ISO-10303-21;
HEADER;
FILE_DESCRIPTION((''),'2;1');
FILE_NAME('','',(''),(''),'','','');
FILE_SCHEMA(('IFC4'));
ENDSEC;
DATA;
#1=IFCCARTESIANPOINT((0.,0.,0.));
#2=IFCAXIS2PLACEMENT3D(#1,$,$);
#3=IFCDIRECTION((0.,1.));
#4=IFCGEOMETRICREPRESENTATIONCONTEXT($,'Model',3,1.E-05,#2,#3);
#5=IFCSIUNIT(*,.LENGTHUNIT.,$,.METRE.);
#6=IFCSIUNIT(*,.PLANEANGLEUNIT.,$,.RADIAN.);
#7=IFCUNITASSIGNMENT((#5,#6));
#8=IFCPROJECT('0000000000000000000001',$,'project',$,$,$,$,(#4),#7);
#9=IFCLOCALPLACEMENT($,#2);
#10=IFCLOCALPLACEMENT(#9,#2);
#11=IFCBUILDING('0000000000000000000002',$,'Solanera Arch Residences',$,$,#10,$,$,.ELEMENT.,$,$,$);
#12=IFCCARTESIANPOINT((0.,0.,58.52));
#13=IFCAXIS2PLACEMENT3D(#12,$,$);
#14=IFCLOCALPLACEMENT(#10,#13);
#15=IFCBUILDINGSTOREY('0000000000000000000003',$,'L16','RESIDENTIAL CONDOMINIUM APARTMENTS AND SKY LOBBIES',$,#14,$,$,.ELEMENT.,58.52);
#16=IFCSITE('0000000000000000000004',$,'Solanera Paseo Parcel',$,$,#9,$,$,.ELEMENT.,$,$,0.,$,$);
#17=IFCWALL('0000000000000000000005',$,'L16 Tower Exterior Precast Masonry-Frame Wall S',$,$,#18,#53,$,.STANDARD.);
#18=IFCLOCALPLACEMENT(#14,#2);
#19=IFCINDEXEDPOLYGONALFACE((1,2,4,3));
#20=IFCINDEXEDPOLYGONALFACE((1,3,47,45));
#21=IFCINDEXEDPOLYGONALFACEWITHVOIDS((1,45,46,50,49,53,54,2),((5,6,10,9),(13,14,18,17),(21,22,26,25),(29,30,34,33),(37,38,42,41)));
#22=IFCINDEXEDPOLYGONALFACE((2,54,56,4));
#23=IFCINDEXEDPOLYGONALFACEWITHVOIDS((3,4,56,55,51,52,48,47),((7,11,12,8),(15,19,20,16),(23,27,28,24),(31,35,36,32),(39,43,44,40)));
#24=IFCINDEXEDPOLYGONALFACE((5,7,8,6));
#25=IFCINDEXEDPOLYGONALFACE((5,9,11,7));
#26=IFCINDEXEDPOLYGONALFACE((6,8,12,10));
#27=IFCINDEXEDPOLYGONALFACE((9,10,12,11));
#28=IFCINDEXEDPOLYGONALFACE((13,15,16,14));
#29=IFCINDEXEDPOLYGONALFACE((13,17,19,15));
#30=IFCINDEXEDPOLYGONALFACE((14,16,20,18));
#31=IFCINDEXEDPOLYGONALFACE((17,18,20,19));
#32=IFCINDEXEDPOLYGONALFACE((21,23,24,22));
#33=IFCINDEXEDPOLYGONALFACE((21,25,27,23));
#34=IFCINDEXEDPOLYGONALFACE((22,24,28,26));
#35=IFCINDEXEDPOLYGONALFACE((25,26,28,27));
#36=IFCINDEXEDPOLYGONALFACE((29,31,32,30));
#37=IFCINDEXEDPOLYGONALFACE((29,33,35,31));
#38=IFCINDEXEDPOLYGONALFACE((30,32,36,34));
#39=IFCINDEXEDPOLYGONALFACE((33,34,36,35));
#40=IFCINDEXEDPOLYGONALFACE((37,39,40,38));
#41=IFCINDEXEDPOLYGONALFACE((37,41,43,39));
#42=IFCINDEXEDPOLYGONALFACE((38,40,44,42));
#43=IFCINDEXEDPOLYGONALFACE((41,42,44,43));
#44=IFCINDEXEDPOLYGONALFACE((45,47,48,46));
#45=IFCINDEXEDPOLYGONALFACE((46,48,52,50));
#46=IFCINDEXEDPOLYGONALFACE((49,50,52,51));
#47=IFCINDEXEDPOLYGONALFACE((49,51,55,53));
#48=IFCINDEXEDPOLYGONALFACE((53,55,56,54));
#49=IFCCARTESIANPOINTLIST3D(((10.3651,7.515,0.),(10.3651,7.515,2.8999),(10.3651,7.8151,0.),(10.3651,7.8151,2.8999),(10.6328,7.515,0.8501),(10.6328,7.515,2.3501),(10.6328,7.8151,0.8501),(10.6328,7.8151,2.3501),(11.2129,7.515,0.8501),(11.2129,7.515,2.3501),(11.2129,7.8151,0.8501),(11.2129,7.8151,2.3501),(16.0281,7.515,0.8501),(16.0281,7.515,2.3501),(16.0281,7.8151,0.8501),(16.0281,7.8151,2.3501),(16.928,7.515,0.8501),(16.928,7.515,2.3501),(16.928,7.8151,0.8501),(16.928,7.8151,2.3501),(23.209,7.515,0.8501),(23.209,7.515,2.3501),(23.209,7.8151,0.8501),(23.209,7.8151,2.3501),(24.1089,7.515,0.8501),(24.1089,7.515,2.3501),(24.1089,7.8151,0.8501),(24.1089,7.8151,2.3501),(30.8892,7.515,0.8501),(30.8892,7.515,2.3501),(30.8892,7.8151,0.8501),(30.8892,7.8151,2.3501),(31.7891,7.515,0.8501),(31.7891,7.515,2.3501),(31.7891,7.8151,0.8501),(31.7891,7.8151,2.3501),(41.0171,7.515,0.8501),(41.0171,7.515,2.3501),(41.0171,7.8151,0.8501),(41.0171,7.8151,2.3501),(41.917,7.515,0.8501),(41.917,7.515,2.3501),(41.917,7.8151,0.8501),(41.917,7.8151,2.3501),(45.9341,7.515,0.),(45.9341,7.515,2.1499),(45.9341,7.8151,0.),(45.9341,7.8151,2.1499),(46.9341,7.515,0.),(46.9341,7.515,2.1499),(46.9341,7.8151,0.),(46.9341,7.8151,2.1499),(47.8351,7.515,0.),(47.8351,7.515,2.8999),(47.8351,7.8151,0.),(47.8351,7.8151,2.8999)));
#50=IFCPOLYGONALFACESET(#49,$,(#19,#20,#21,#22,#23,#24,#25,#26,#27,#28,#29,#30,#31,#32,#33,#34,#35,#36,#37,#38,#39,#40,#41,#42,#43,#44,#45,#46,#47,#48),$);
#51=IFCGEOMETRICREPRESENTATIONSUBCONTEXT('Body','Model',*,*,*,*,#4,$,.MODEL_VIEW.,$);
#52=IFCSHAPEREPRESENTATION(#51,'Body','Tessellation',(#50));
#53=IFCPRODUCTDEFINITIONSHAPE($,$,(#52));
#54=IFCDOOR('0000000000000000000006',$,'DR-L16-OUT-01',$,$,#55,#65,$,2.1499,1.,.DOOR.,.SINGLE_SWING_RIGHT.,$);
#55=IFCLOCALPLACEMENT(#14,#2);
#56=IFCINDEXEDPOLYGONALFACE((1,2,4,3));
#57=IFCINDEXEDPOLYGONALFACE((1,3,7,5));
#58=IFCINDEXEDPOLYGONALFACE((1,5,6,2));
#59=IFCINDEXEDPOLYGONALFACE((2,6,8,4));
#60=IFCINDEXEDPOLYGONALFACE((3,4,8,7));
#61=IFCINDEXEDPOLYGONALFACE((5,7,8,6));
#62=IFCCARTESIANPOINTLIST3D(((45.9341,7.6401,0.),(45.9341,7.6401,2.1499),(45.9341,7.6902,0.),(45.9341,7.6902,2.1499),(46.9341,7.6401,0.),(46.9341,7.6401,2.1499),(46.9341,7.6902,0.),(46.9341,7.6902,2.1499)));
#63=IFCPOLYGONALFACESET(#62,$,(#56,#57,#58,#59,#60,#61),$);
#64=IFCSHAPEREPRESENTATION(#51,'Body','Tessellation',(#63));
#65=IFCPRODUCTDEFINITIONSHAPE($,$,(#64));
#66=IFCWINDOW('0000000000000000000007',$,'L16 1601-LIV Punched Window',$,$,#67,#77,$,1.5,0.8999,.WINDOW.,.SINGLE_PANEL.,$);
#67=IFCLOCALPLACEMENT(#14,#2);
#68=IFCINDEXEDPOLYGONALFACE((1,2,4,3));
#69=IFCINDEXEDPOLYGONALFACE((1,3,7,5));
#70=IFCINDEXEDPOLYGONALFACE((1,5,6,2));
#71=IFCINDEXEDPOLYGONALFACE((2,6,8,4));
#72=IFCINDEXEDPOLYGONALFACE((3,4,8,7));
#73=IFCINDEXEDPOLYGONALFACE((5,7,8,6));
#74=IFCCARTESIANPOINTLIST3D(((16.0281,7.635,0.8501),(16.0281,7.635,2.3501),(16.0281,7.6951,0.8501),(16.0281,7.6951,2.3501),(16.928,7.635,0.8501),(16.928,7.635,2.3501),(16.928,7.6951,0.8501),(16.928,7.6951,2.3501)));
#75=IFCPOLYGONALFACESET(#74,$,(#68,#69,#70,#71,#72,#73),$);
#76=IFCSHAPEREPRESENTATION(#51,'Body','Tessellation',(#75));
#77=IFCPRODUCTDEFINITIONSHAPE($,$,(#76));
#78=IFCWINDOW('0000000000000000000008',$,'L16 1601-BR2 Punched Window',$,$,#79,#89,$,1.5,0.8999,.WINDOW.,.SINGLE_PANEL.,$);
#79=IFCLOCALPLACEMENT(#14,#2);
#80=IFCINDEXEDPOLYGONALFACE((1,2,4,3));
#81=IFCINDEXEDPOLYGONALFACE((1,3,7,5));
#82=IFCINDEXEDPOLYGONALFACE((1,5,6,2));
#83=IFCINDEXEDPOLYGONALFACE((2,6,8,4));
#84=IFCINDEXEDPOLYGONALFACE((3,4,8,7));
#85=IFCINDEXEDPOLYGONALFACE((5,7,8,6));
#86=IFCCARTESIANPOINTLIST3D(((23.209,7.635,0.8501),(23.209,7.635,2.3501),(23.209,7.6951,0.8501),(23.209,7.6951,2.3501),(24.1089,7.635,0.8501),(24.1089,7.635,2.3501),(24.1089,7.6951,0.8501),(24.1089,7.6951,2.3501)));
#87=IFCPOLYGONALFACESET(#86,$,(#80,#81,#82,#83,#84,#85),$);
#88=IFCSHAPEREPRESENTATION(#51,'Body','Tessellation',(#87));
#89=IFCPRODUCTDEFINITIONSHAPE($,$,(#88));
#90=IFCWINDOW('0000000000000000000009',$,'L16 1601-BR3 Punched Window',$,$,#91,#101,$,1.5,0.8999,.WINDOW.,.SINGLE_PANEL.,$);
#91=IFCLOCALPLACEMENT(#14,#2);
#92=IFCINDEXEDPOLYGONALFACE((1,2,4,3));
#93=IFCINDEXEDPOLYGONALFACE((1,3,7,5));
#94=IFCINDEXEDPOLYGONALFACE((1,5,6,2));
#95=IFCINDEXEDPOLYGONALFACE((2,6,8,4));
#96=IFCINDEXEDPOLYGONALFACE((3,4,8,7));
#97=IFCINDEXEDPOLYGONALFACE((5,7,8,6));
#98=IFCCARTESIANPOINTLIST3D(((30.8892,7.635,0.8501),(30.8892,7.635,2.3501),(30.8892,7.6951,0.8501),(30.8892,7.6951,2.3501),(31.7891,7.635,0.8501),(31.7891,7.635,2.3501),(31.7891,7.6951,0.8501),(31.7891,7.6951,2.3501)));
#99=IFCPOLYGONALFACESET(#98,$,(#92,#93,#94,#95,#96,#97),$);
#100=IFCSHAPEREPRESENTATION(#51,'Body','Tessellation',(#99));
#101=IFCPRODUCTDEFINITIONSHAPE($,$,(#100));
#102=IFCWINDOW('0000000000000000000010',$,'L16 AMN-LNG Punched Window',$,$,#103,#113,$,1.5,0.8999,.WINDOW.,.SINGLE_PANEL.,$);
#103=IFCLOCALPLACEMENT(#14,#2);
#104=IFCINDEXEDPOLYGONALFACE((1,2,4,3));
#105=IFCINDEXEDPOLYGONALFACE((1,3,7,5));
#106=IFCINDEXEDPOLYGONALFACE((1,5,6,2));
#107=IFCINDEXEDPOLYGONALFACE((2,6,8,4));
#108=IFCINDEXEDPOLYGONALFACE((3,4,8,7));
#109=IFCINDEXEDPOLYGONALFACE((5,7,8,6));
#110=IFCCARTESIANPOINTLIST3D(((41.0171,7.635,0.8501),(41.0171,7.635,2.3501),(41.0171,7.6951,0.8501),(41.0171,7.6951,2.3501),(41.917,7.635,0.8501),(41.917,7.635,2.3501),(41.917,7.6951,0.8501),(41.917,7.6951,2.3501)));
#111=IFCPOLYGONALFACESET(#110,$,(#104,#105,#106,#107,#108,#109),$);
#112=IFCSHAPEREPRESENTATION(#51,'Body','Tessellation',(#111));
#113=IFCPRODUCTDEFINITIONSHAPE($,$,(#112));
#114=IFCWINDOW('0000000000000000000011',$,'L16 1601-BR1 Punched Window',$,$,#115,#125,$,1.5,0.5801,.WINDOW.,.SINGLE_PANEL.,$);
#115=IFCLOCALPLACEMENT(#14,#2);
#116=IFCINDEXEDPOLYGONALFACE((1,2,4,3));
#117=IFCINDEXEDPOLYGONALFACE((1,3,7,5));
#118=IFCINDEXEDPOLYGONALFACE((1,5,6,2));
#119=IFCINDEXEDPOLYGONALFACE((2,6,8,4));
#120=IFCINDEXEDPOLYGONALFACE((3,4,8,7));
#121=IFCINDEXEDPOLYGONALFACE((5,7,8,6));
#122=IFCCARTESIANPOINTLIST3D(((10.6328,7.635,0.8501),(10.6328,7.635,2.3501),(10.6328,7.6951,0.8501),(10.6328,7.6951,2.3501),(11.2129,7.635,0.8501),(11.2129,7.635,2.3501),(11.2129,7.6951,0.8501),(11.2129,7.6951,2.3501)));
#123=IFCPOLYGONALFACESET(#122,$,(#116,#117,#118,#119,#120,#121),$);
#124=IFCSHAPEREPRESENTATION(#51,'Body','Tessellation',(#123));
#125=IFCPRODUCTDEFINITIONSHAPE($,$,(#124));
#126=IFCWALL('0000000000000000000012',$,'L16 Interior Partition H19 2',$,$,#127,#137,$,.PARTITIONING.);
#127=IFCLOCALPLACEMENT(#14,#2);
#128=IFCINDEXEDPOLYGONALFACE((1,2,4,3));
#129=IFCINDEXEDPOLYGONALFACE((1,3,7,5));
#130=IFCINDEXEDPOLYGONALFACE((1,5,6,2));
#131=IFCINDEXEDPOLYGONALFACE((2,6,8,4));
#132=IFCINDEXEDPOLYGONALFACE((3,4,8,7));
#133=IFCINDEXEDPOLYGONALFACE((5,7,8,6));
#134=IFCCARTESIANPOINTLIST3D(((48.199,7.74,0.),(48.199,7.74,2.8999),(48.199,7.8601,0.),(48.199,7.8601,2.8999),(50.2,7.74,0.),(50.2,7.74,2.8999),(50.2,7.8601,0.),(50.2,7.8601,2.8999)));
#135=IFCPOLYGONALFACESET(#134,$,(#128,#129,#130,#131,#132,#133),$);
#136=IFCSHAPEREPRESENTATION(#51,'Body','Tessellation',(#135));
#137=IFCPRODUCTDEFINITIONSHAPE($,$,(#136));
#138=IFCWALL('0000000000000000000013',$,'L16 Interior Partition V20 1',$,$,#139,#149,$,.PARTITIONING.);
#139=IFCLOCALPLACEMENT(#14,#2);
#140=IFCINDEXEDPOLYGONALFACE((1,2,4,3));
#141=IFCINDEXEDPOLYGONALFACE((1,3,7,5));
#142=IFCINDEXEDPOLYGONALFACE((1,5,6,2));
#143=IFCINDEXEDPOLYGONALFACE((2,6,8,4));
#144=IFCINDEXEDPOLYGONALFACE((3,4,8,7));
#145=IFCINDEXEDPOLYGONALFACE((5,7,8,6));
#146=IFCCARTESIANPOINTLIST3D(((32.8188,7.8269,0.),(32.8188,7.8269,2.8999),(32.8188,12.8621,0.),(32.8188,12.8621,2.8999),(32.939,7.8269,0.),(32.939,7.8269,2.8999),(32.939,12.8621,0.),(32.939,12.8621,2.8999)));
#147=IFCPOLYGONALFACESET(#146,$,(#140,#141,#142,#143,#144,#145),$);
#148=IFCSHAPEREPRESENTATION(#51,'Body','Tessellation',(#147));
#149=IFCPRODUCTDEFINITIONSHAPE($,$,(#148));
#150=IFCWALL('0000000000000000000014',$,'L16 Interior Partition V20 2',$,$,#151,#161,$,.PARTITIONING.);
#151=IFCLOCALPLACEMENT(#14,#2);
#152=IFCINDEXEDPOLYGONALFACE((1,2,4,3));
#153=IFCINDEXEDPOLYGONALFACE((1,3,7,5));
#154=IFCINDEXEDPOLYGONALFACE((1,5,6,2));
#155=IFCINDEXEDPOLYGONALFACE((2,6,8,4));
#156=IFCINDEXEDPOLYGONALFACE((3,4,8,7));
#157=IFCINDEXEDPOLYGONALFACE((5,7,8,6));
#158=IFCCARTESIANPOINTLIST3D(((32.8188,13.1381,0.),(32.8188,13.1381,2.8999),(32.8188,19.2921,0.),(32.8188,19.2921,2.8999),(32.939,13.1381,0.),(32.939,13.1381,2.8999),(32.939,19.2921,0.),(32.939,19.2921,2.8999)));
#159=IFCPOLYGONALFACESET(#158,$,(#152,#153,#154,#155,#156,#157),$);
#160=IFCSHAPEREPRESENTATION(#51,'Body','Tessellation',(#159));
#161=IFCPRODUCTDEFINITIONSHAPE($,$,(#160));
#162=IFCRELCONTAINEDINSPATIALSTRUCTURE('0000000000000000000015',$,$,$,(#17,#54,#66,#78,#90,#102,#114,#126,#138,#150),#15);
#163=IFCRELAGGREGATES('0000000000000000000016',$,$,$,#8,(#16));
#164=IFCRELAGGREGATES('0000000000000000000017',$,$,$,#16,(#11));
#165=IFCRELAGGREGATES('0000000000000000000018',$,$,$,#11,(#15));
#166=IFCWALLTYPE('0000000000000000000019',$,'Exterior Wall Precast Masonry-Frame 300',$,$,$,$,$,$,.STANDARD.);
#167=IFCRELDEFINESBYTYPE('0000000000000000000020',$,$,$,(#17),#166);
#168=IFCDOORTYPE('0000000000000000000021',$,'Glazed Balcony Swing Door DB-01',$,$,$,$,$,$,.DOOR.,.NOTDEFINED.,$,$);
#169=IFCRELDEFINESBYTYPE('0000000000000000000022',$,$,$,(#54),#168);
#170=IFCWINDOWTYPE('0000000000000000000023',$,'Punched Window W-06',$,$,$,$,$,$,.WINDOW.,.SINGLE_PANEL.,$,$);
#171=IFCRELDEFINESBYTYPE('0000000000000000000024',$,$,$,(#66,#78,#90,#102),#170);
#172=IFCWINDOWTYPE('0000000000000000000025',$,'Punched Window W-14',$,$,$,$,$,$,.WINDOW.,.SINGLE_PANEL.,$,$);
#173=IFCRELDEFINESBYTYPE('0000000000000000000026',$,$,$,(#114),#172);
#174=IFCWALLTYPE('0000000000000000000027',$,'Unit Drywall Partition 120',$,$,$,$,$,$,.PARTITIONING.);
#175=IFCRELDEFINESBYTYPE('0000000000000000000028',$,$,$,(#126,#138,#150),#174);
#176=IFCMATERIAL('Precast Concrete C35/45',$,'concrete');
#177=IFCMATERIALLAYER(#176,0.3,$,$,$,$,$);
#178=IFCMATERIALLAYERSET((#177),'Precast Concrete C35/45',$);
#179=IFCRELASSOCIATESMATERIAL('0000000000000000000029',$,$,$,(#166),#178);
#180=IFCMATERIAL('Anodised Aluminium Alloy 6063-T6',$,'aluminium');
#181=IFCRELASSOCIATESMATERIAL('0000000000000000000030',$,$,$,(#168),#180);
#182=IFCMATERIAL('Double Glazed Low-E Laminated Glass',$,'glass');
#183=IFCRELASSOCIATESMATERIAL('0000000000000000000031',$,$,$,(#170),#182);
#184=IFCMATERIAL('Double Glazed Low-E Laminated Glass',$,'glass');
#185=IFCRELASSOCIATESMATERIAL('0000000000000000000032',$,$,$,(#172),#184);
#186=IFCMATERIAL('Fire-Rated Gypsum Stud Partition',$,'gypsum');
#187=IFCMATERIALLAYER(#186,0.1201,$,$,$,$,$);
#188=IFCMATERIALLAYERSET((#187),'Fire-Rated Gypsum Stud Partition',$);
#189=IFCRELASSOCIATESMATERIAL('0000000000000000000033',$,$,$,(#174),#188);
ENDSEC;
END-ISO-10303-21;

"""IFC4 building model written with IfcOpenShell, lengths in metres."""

from ifc_helpers import new_model, si_unit, direction, frame, frame_2d, origin, place, context, subcontext, project, spatial, rectangle, extrude, material, layer, layer_set, type_object, element, fill, save


model = new_model("IFC4")

# Units and contexts
model_context = context("Model", 3, precision=1e-05, world=origin(), true_north=direction((0.0, 1.0)))
body_context = subcontext(model_context, "Body", "Model", "MODEL_VIEW")
ifc_project = project(units=[si_unit("LENGTHUNIT", "METRE"), si_unit("PLANEANGLEUNIT", "RADIAN")], contexts=[model_context])

# Site, building, storey
site_placement = place(None, origin())
site = spatial("IfcSite", under=ifc_project, at=site_placement, Name="Solanera Paseo Parcel", CompositionType="ELEMENT", RefElevation=0.0)
building_placement = place(site_placement, origin())
building = spatial("IfcBuilding", under=site, at=building_placement, Name="Solanera Arch Residences", CompositionType="ELEMENT")
storey_placement = place(building_placement, frame((0.0, 0.0, 58.52)))
storey = spatial("IfcBuildingStorey", under=building, at=storey_placement, Name="L16", Description="RESIDENTIAL CONDOMINIUM APARTMENTS AND SKY LOBBIES", CompositionType="ELEMENT", Elevation=58.52)

# Shared definitions
ifc_material_1 = material(Name="Precast Concrete C35/45", Category="concrete")
ifc_layer_1 = layer(ifc_material_1, 0.3)
ifc_layer_set_1 = layer_set([ifc_layer_1], Name="Precast Concrete C35/45")
wall_type_1 = type_object("IfcWallType", Name="Exterior Wall Precast Masonry-Frame 300", PredefinedType="STANDARD", material=ifc_layer_set_1)

# Wall, openings, door, windows
wall_1_placement = place(storey_placement, frame((47.835, 7.665, 0.0), z_axis=(0.0, 0.0, 1.0), x_axis=(-1.0, 0.0, 0.0)))
wall_1 = element("IfcWall", 1, at=wall_1_placement, inside=storey, type_object=wall_type_1, Name="L16 Tower Exterior Precast Masonry-Frame Wall S", PredefinedType="STANDARD", context=body_context, shape_type="SweptSolid", body=[
    extrude(rectangle(XDim=37.47, YDim=0.3, at=frame_2d((18.7349, 0.0))), origin(), (0.0, 0.0, 1.0), 2.8999),
])
opening_1_placement = place(wall_1_placement, frame((0.9009, 0.0, 0.0)))
opening_1 = element("IfcOpeningElement", 2, at=opening_1_placement, cuts=wall_1, PredefinedType="OPENING", context=body_context, shape_type="SweptSolid", body=[
    extrude(rectangle(XDim=1.0, YDim=2.1499, at=frame_2d((0.5, 1.075))), frame((0.0, 0.1599, 0.0), z_axis=(0.0, -1.0, 0.0), x_axis=(1.0, 0.0, 0.0)), (0.0, 0.0, 1.0), 0.32),
])
opening_2_placement = place(wall_1_placement, frame((30.907, 0.0, 0.8501)))
opening_2 = element("IfcOpeningElement", 3, at=opening_2_placement, cuts=wall_1, PredefinedType="OPENING", context=body_context, shape_type="SweptSolid", body=[
    extrude(rectangle(XDim=0.8999, YDim=1.5, at=frame_2d((0.45, 0.75))), frame((0.0, 0.1599, 0.0), z_axis=(0.0, -1.0, 0.0), x_axis=(1.0, 0.0, 0.0)), (0.0, 0.0, 1.0), 0.32),
])
opening_3_placement = place(wall_1_placement, frame((36.6221, 0.0, 0.8501)))
opening_3 = element("IfcOpeningElement", 4, at=opening_3_placement, cuts=wall_1, PredefinedType="OPENING", context=body_context, shape_type="SweptSolid", body=[
    extrude(rectangle(XDim=0.5801, YDim=1.5, at=frame_2d((0.29, 0.75))), frame((0.0, 0.1599, 0.0), z_axis=(0.0, -1.0, 0.0), x_axis=(1.0, 0.0, 0.0)), (0.0, 0.0, 1.0), 0.32),
])
opening_4_placement = place(wall_1_placement, frame((23.7261, 0.0, 0.8501)))
opening_4 = element("IfcOpeningElement", 5, at=opening_4_placement, cuts=wall_1, PredefinedType="OPENING", context=body_context, shape_type="SweptSolid", body=[
    extrude(rectangle(XDim=0.8999, YDim=1.5, at=frame_2d((0.45, 0.75))), frame((0.0, 0.1599, 0.0), z_axis=(0.0, -1.0, 0.0), x_axis=(1.0, 0.0, 0.0)), (0.0, 0.0, 1.0), 0.32),
])
opening_5_placement = place(wall_1_placement, frame((16.0459, 0.0, 0.8501)))
opening_5 = element("IfcOpeningElement", 6, at=opening_5_placement, cuts=wall_1, PredefinedType="OPENING", context=body_context, shape_type="SweptSolid", body=[
    extrude(rectangle(XDim=0.8999, YDim=1.5, at=frame_2d((0.45, 0.75))), frame((0.0, 0.1599, 0.0), z_axis=(0.0, -1.0, 0.0), x_axis=(1.0, 0.0, 0.0)), (0.0, 0.0, 1.0), 0.32),
])
opening_6_placement = place(wall_1_placement, frame((5.918, 0.0, 0.8501)))
opening_6 = element("IfcOpeningElement", 7, at=opening_6_placement, cuts=wall_1, PredefinedType="OPENING", context=body_context, shape_type="SweptSolid", body=[
    extrude(rectangle(XDim=0.8999, YDim=1.5, at=frame_2d((0.45, 0.75))), frame((0.0, 0.1599, 0.0), z_axis=(0.0, -1.0, 0.0), x_axis=(1.0, 0.0, 0.0)), (0.0, 0.0, 1.0), 0.32),
])
ifc_material_2 = material(Name="Anodised Aluminium Alloy 6063-T6", Category="aluminium")
door_type_1 = type_object("IfcDoorType", Name="Glazed Balcony Swing Door DB-01", OperationType="NOTDEFINED", PredefinedType="DOOR", material=ifc_material_2)
door_1_placement = place(opening_1_placement, origin())
door_1 = element("IfcDoor", 8, at=door_1_placement, inside=storey, type_object=door_type_1, Name="DR-L16-OUT-01", OperationType="SINGLE_SWING_RIGHT", OverallHeight=2.1499, OverallWidth=1.0, PredefinedType="DOOR", context=body_context, shape_type="SweptSolid", body=[
    extrude(rectangle(XDim=1.0, YDim=2.1499, at=frame_2d((0.5, 1.075))), frame((0.0, 0.0249, 0.0), z_axis=(0.0, -1.0, 0.0), x_axis=(1.0, 0.0, 0.0)), (0.0, 0.0, 1.0), 0.05),
])
fill(opening_1, door_1)
ifc_material_3 = material(Name="Double Glazed Low-E Laminated Glass", Category="glass")
window_type_1 = type_object("IfcWindowType", Name="Punched Window W-06", PartitioningType="SINGLE_PANEL", PredefinedType="WINDOW", material=ifc_material_3)
window_1_placement = place(opening_2_placement, origin())
window_1 = element("IfcWindow", 9, at=window_1_placement, inside=storey, type_object=window_type_1, Name="L16 1601-LIV Punched Window", OverallHeight=1.5, OverallWidth=0.8999, PartitioningType="SINGLE_PANEL", PredefinedType="WINDOW", context=body_context, shape_type="SweptSolid", body=[
    extrude(rectangle(XDim=0.8999, YDim=1.5, at=frame_2d((0.45, 0.75))), frame((0.0, 0.03, 0.0), z_axis=(0.0, -1.0, 0.0), x_axis=(1.0, 0.0, 0.0)), (0.0, 0.0, 1.0), 0.0601),
])
fill(opening_2, window_1)
window_2_placement = place(opening_4_placement, origin())
window_2 = element("IfcWindow", 10, at=window_2_placement, inside=storey, type_object=window_type_1, Name="L16 1601-BR2 Punched Window", OverallHeight=1.5, OverallWidth=0.8999, PartitioningType="SINGLE_PANEL", PredefinedType="WINDOW", context=body_context, shape_type="SweptSolid", body=[
    extrude(rectangle(XDim=0.8999, YDim=1.5, at=frame_2d((0.45, 0.75))), frame((0.0, 0.03, 0.0), z_axis=(0.0, -1.0, 0.0), x_axis=(1.0, 0.0, 0.0)), (0.0, 0.0, 1.0), 0.0601),
])
fill(opening_4, window_2)
window_3_placement = place(opening_5_placement, origin())
window_3 = element("IfcWindow", 11, at=window_3_placement, inside=storey, type_object=window_type_1, Name="L16 1601-BR3 Punched Window", OverallHeight=1.5, OverallWidth=0.8999, PartitioningType="SINGLE_PANEL", PredefinedType="WINDOW", context=body_context, shape_type="SweptSolid", body=[
    extrude(rectangle(XDim=0.8999, YDim=1.5, at=frame_2d((0.45, 0.75))), frame((0.0, 0.03, 0.0), z_axis=(0.0, -1.0, 0.0), x_axis=(1.0, 0.0, 0.0)), (0.0, 0.0, 1.0), 0.0601),
])
fill(opening_5, window_3)
window_4_placement = place(opening_6_placement, origin())
window_4 = element("IfcWindow", 12, at=window_4_placement, inside=storey, type_object=window_type_1, Name="L16 AMN-LNG Punched Window", OverallHeight=1.5, OverallWidth=0.8999, PartitioningType="SINGLE_PANEL", PredefinedType="WINDOW", context=body_context, shape_type="SweptSolid", body=[
    extrude(rectangle(XDim=0.8999, YDim=1.5, at=frame_2d((0.45, 0.75))), frame((0.0, 0.03, 0.0), z_axis=(0.0, -1.0, 0.0), x_axis=(1.0, 0.0, 0.0)), (0.0, 0.0, 1.0), 0.0601),
])
fill(opening_6, window_4)
ifc_material_4 = material(Name="Double Glazed Low-E Laminated Glass", Category="glass")
window_type_2 = type_object("IfcWindowType", Name="Punched Window W-14", PartitioningType="SINGLE_PANEL", PredefinedType="WINDOW", material=ifc_material_4)
window_5_placement = place(opening_3_placement, origin())
window_5 = element("IfcWindow", 13, at=window_5_placement, inside=storey, type_object=window_type_2, Name="L16 1601-BR1 Punched Window", OverallHeight=1.5, OverallWidth=0.5801, PartitioningType="SINGLE_PANEL", PredefinedType="WINDOW", context=body_context, shape_type="SweptSolid", body=[
    extrude(rectangle(XDim=0.5801, YDim=1.5, at=frame_2d((0.29, 0.75))), frame((0.0, 0.03, 0.0), z_axis=(0.0, -1.0, 0.0), x_axis=(1.0, 0.0, 0.0)), (0.0, 0.0, 1.0), 0.0601),
])
fill(opening_3, window_5)

# Walls
ifc_material_5 = material(Name="Fire-Rated Gypsum Stud Partition", Category="gypsum")
ifc_layer_2 = layer(ifc_material_5, 0.1201)
ifc_layer_set_2 = layer_set([ifc_layer_2], Name="Fire-Rated Gypsum Stud Partition")
wall_type_2 = type_object("IfcWallType", Name="Unit Drywall Partition 120", PredefinedType="PARTITIONING", material=ifc_layer_set_2)
wall_2_placement = place(storey_placement, frame((48.199, 7.8, 0.0), z_axis=(0.0, 0.0, 1.0), x_axis=(1.0, 0.0, 0.0)))
element("IfcWall", 14, at=wall_2_placement, inside=storey, type_object=wall_type_2, Name="L16 Interior Partition H19 2", PredefinedType="PARTITIONING", context=body_context, shape_type="SweptSolid", body=[
    extrude(rectangle(XDim=2.001, YDim=0.1201, at=frame_2d((1.0005, 0.0))), origin(), (0.0, 0.0, 1.0), 2.8999),
])
wall_3_placement = place(storey_placement, frame((32.8789, 7.8269, 0.0), z_axis=(0.0, 0.0, 1.0), x_axis=(0.0, 1.0, 0.0)))
element("IfcWall", 15, at=wall_3_placement, inside=storey, type_object=wall_type_2, Name="L16 Interior Partition V20 1", PredefinedType="PARTITIONING", context=body_context, shape_type="SweptSolid", body=[
    extrude(rectangle(XDim=5.0352, YDim=0.1201, at=frame_2d((2.5176, 0.0))), origin(), (0.0, 0.0, 1.0), 2.8999),
])
wall_4_placement = place(storey_placement, frame((32.8789, 13.1379, 0.0), z_axis=(0.0, 0.0, 1.0), x_axis=(0.0, 1.0, 0.0)))
element("IfcWall", 16, at=wall_4_placement, inside=storey, type_object=wall_type_2, Name="L16 Interior Partition V20 2", PredefinedType="PARTITIONING", context=body_context, shape_type="SweptSolid", body=[
    extrude(rectangle(XDim=6.1541, YDim=0.1201, at=frame_2d((3.0771, 0.0))), origin(), (0.0, 0.0, 1.0), 2.8999),
])

save(model, "model.ifc")
